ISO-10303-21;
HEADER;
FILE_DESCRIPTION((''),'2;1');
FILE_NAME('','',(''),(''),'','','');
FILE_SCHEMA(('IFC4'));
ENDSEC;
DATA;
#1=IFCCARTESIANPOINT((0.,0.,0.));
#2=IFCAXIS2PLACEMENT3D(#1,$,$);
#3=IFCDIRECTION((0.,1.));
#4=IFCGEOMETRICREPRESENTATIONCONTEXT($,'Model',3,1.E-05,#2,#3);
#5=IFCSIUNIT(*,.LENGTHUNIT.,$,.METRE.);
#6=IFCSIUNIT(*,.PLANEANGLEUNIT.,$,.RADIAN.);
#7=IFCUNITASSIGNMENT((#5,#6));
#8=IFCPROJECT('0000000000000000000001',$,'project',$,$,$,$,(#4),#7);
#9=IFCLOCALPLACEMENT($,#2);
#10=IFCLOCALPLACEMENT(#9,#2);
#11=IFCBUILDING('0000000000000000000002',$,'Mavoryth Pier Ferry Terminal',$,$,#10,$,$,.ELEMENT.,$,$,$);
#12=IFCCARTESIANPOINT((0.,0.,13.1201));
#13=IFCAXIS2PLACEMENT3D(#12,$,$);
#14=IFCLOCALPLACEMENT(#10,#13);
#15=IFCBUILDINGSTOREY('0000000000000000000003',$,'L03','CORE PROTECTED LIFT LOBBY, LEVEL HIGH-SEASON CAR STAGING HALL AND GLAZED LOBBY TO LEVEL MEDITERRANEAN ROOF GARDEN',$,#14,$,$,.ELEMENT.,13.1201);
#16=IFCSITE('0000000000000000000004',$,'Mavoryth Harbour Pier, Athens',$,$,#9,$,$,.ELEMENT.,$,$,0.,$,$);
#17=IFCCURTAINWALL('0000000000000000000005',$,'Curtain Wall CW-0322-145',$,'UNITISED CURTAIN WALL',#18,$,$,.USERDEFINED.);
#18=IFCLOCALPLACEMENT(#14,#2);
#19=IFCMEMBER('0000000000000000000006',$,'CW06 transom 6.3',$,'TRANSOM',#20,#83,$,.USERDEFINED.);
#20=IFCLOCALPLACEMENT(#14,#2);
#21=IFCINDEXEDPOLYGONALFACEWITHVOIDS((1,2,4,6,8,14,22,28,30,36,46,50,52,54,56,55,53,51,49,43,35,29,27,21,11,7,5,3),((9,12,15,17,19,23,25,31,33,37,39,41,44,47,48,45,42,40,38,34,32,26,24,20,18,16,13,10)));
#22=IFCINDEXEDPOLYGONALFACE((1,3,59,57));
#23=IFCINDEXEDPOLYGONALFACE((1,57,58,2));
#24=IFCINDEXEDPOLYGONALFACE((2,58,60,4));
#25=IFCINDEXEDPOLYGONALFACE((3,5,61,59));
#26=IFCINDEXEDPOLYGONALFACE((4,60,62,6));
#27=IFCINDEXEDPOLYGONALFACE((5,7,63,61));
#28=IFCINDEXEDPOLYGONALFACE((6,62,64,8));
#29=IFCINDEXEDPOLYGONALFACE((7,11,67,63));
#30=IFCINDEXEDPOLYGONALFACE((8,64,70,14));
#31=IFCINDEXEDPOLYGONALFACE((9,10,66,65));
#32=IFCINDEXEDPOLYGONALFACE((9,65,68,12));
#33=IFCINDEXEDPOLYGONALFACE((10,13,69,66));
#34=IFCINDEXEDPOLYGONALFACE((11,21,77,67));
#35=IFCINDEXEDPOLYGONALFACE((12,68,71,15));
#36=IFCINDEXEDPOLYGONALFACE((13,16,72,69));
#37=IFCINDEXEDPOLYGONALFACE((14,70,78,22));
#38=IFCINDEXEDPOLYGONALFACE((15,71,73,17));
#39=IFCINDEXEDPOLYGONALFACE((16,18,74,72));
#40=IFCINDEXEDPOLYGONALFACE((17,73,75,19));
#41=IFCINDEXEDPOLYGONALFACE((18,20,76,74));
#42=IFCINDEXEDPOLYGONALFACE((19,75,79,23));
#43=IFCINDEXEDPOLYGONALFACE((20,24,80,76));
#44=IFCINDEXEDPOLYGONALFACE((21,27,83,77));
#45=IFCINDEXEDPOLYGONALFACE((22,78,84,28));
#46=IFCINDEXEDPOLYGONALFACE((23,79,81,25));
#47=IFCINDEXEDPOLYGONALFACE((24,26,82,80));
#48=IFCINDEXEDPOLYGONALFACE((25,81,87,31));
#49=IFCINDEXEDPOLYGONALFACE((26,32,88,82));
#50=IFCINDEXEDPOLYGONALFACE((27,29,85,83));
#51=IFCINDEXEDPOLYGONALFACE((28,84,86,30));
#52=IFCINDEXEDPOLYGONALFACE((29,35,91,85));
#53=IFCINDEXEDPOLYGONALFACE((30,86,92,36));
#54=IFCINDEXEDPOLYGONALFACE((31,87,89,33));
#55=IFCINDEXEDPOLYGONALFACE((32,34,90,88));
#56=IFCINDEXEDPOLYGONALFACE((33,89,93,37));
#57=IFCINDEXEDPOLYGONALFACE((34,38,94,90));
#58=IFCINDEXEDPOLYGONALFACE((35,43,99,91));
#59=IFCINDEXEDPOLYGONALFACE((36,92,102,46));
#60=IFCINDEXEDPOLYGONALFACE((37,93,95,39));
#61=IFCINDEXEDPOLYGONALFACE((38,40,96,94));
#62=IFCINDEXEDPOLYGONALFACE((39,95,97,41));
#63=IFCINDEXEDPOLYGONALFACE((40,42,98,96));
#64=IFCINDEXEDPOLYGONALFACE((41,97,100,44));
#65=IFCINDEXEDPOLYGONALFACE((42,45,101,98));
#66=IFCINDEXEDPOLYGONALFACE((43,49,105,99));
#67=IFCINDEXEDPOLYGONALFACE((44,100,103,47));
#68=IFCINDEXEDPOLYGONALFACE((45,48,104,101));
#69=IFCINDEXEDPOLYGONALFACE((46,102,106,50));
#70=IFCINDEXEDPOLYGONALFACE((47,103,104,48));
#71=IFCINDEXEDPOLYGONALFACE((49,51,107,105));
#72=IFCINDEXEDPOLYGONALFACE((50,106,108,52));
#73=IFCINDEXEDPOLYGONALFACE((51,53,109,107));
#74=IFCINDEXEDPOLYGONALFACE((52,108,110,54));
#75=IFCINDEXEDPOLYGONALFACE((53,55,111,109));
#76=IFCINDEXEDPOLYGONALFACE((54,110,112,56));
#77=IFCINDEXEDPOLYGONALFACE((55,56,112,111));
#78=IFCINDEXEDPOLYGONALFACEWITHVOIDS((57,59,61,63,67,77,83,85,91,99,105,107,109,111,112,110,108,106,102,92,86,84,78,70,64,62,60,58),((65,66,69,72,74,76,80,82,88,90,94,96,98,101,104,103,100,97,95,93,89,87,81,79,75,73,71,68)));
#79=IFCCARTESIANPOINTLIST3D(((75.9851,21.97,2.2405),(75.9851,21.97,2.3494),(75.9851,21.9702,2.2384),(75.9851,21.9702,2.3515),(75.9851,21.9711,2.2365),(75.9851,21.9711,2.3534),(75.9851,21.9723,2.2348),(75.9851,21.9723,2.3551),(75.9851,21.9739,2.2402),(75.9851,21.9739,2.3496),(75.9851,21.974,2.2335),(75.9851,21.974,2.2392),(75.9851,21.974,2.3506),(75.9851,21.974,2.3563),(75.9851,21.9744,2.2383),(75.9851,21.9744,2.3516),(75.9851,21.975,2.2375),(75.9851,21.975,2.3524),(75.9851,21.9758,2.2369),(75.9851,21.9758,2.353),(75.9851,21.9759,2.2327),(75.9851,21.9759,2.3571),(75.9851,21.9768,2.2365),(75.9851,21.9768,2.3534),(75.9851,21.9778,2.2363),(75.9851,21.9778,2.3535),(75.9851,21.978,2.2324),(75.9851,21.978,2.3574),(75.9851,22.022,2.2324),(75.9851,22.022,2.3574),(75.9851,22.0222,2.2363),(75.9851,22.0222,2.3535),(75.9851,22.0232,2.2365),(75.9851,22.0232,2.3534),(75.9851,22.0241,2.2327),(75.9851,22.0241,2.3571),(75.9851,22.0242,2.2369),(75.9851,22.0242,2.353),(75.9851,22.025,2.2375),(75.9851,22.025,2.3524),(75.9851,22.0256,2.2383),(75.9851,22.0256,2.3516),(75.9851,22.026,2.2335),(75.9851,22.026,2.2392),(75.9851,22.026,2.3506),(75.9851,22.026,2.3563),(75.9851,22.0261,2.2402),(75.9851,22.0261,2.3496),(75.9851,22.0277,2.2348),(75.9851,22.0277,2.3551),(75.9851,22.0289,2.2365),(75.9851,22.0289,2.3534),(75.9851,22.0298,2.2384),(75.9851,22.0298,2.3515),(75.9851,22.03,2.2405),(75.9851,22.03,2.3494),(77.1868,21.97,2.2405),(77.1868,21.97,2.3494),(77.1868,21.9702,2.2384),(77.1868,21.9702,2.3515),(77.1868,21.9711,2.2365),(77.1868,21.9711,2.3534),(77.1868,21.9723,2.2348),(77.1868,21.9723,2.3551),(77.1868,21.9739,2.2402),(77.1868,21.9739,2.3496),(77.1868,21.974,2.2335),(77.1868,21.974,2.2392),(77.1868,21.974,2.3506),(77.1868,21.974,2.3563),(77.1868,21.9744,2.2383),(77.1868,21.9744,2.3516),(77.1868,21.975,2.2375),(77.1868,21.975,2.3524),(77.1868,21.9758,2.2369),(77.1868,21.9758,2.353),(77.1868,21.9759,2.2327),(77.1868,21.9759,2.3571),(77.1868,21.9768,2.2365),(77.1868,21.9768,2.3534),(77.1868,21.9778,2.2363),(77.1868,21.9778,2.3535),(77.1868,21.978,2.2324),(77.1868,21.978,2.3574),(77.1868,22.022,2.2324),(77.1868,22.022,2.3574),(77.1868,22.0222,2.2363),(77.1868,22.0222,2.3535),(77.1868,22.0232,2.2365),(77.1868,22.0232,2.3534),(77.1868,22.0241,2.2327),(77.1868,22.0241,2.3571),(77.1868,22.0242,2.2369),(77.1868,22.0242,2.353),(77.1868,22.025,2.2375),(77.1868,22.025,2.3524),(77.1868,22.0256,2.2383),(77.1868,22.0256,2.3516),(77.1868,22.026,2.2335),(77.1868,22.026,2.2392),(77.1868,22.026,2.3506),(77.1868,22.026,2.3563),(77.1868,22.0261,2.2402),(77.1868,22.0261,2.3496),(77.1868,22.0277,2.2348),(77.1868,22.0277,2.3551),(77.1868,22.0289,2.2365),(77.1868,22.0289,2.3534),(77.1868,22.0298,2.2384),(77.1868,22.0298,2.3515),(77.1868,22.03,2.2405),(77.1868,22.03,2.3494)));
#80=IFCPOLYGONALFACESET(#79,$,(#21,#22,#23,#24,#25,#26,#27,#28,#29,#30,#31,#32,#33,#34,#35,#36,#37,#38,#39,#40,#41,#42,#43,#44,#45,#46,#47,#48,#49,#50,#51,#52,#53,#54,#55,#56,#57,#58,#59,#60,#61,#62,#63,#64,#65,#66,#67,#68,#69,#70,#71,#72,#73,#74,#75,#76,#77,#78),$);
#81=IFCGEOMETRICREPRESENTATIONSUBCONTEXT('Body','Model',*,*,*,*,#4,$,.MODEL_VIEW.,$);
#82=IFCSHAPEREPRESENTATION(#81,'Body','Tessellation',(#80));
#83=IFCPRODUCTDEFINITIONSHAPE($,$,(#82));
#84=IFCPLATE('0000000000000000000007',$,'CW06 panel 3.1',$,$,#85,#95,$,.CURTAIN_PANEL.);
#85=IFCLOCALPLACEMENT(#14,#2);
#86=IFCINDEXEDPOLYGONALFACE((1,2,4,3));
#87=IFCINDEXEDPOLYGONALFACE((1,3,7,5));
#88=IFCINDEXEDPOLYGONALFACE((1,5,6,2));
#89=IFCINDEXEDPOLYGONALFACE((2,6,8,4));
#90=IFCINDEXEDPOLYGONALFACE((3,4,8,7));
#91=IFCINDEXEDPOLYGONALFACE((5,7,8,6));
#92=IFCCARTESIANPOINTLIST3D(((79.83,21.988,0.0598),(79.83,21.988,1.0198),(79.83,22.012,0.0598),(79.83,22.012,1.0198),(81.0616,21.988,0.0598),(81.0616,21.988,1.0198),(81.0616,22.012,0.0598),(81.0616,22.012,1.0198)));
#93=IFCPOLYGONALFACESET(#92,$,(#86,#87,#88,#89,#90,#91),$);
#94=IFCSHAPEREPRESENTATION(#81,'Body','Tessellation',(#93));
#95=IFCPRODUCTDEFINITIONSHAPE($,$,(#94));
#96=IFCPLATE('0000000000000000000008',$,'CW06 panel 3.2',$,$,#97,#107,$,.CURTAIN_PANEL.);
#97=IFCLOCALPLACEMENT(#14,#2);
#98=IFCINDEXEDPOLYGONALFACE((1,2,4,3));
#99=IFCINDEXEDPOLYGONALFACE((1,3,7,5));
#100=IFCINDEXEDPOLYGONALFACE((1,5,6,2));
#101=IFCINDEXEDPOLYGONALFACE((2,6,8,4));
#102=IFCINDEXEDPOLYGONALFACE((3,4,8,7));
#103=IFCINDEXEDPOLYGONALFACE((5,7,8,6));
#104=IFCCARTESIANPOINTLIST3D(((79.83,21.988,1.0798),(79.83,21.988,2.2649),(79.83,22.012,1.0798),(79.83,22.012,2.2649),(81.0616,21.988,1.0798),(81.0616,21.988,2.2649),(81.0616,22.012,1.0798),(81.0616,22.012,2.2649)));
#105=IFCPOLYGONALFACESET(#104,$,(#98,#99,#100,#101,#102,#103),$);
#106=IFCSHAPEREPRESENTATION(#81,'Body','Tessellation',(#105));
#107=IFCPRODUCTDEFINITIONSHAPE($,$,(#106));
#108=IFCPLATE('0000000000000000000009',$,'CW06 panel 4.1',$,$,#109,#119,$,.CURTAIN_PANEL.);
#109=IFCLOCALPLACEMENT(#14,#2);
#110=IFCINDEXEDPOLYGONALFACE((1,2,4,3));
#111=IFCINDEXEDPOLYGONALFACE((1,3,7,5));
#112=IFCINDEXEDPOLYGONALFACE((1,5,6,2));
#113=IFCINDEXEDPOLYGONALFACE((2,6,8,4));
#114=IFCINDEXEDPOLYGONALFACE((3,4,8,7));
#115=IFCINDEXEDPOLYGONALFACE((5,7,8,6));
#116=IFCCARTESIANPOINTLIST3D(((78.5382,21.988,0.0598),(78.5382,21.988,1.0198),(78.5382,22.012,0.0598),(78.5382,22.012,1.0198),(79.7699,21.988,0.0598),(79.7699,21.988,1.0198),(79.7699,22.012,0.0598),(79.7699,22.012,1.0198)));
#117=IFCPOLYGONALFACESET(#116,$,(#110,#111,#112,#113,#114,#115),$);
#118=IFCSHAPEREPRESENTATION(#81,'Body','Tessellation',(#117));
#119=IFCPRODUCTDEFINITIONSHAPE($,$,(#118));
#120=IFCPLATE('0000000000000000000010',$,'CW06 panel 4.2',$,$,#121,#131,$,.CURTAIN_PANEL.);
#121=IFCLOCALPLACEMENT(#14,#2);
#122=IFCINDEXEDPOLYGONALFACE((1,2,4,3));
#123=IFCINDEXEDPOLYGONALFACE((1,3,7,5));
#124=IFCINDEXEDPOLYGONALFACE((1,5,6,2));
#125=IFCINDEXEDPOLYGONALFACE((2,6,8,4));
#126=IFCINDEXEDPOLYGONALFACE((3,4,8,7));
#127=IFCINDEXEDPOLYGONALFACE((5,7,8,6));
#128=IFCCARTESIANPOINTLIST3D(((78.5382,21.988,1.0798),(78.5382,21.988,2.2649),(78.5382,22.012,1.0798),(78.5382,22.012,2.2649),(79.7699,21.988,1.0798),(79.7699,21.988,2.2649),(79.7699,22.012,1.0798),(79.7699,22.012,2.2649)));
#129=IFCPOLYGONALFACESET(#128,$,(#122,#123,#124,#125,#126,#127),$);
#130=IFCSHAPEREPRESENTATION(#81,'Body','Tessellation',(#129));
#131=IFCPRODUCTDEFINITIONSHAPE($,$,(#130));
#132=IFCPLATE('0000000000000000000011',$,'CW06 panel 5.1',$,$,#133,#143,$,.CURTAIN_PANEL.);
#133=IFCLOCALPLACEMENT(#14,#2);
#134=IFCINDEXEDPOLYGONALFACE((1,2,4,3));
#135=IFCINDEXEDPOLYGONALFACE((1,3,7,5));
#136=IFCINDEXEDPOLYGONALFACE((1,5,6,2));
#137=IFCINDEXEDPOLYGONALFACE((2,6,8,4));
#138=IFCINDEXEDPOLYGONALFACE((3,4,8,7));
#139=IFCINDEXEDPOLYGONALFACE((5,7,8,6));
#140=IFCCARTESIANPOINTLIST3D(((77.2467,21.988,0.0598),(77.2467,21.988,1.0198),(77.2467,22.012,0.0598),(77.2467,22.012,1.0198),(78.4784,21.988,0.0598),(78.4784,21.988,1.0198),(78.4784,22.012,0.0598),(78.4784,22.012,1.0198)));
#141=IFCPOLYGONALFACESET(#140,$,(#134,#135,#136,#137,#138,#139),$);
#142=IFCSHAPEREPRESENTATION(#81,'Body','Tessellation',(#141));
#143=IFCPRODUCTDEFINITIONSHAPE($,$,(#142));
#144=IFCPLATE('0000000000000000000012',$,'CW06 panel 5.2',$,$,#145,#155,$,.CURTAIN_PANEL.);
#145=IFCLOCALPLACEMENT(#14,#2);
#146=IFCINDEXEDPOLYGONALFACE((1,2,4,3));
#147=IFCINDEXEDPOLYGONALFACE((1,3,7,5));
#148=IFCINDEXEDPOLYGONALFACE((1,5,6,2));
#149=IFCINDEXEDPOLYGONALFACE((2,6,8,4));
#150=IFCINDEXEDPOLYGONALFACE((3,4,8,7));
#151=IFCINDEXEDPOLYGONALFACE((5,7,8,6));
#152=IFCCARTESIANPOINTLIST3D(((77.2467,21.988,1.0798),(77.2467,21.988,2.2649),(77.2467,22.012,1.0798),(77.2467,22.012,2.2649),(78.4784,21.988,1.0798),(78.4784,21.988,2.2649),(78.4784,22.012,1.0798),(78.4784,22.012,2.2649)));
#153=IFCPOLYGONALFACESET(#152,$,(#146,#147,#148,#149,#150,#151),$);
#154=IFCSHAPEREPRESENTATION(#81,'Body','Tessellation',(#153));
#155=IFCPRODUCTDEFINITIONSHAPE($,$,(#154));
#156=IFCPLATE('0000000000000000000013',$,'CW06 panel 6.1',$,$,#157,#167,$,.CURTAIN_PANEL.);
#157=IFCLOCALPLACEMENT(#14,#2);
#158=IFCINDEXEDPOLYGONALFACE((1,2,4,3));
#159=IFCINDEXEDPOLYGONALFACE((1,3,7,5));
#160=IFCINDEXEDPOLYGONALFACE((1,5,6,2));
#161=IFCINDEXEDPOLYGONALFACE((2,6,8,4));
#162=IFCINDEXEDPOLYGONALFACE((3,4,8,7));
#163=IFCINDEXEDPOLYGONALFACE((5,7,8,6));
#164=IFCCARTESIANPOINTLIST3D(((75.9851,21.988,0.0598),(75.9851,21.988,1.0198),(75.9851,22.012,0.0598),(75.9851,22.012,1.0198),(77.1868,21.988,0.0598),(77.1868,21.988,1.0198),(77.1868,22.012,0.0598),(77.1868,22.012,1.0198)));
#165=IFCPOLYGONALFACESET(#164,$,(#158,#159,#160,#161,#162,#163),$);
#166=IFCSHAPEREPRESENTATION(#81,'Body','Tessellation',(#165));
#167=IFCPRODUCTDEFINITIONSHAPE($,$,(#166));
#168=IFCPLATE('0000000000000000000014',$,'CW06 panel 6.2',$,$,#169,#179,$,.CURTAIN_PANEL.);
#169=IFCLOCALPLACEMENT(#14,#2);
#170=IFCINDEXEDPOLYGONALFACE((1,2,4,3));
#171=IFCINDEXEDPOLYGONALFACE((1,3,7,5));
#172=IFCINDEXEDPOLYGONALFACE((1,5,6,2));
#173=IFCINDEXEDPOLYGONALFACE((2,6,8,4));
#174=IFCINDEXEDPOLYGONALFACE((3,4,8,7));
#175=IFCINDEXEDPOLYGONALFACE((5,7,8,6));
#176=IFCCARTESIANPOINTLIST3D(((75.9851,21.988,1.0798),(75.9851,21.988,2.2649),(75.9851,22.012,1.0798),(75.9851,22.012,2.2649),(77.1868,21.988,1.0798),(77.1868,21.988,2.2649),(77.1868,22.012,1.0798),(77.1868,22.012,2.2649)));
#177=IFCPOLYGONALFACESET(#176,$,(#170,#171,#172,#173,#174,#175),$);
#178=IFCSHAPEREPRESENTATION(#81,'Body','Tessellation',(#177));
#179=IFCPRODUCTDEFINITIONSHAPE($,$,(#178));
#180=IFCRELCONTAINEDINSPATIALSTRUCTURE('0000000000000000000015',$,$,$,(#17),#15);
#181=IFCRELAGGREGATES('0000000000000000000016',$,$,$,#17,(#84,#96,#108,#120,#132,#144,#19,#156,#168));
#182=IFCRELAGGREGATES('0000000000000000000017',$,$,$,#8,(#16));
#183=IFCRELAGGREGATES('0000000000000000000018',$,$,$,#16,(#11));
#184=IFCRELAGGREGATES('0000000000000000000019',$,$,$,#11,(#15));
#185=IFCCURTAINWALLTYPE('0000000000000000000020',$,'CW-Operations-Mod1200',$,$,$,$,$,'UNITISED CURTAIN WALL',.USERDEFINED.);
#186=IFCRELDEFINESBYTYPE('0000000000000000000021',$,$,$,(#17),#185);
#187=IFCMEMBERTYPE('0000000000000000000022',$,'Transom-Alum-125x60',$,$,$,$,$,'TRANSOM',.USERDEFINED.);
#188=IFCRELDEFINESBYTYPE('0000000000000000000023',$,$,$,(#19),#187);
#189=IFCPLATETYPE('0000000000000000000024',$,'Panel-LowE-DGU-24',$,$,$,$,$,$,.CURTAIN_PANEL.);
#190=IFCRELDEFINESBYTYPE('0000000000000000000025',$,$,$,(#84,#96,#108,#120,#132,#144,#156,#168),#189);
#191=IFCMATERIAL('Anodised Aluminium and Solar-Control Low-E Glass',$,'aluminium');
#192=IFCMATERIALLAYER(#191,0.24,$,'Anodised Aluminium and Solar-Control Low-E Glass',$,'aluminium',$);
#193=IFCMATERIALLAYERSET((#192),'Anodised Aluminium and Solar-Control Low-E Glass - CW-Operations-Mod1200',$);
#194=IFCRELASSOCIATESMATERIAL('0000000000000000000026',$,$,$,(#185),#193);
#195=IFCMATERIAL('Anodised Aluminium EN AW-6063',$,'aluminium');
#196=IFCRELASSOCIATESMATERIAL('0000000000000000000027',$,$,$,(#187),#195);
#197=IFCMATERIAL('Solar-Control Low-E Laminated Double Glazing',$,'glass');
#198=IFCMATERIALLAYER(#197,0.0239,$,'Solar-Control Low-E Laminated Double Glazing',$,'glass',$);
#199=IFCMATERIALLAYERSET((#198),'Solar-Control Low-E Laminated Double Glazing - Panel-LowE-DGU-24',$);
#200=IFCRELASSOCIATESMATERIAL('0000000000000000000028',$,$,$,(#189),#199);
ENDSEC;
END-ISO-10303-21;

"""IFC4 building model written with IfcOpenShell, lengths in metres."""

from ifc_helpers import new_model, si_unit, direction, frame, origin, origin_2d, place, context, subcontext, project, spatial, rectangle, hollow_rectangle, extrude, material, layer, layer_set, material_profile, profile_set, type_object, element, aggregate, save


model = new_model("IFC4")

# Units and contexts
model_context = context("Model", 3, precision=1e-05, world=origin(), true_north=direction((0.0, 1.0)))
body_context = subcontext(model_context, "Body", "Model", "MODEL_VIEW")
ifc_project = project(units=[si_unit("LENGTHUNIT", "METRE"), si_unit("PLANEANGLEUNIT", "RADIAN")], contexts=[model_context])

# Site, building, storey
site_placement = place(None, origin())
site = spatial("IfcSite", under=ifc_project, at=site_placement, Name="Mavoryth Harbour Pier, Athens", CompositionType="ELEMENT", RefElevation=0.0)
building_placement = place(site_placement, origin())
building = spatial("IfcBuilding", under=site, at=building_placement, Name="Mavoryth Pier Ferry Terminal", CompositionType="ELEMENT")
storey_placement = place(building_placement, frame((0.0, 0.0, 13.1201)))
storey = spatial("IfcBuildingStorey", under=building, at=storey_placement, Name="L03", Description="CORE PROTECTED LIFT LOBBY, LEVEL HIGH-SEASON CAR STAGING HALL AND GLAZED LOBBY TO LEVEL MEDITERRANEAN ROOF GARDEN", CompositionType="ELEMENT", Elevation=13.1201)

# Curtain wall
ifc_material_1 = material(Name="Anodised Aluminium and Solar-Control Low-E Glass", Category="aluminium")
ifc_layer_1 = layer(ifc_material_1, 0.24, Name="Anodised Aluminium and Solar-Control Low-E Glass", Category="aluminium")
ifc_layer_set_1 = layer_set([ifc_layer_1], Name="Anodised Aluminium and Solar-Control Low-E Glass - CW-Operations-Mod1200")
curtain_wall_type = type_object("IfcCurtainWallType", Name="CW-Operations-Mod1200", ElementType="UNITISED CURTAIN WALL", PredefinedType="USERDEFINED", material=ifc_layer_set_1)
curtain_wall_placement = place(storey_placement, origin())
curtain_wall = element("IfcCurtainWall", 1, at=curtain_wall_placement, inside=storey, type_object=curtain_wall_type, Name="Curtain Wall CW-0322-145", ObjectType="UNITISED CURTAIN WALL", PredefinedType="USERDEFINED")
ifc_material_2 = material(Name="Anodised Aluminium EN AW-6063", Category="aluminium")

# Member
ifc_material_profile_1 = material_profile(ifc_material_2, hollow_rectangle(XDim=0.0601, YDim=0.125, WallThickness=0.0039, InnerFilletRadius=0.0039, OuterFilletRadius=0.0081, at=origin_2d()), Name="AL-TRAN 125x60x4", Category="aluminium")
ifc_profile_set_1 = profile_set([ifc_material_profile_1], Name="Anodised Aluminium EN AW-6063 - AL-TRAN 125x60x4")
member_type_1 = type_object("IfcMemberType", Name="Transom-Alum-125x60", ElementType="TRANSOM", PredefinedType="USERDEFINED", material=ifc_profile_set_1)
member_1_placement = place(storey_placement, frame((77.1868, 22.0, 2.2949), z_axis=(-1.0, 0.0, 0.0), x_axis=(0.0, -1.0, 0.0)))
member_1 = element("IfcMember", 2, at=member_1_placement, type_object=member_type_1, Name="CW06 transom 6.3", ObjectType="TRANSOM", PredefinedType="USERDEFINED", context=body_context, shape_type="SweptSolid", body=[
    extrude(hollow_rectangle(XDim=0.0601, YDim=0.125, WallThickness=0.0039, InnerFilletRadius=0.0039, OuterFilletRadius=0.0081, at=origin_2d()), origin(), (0.0, 0.0, 1.0), 1.2017),
])

# Plates
ifc_material_3 = material(Name="Solar-Control Low-E Laminated Double Glazing", Category="glass")
ifc_layer_2 = layer(ifc_material_3, 0.0239, Name="Solar-Control Low-E Laminated Double Glazing", Category="glass")
ifc_layer_set_2 = layer_set([ifc_layer_2], Name="Solar-Control Low-E Laminated Double Glazing - Panel-LowE-DGU-24")
plate_type = type_object("IfcPlateType", Name="Panel-LowE-DGU-24", PredefinedType="CURTAIN_PANEL", material=ifc_layer_set_2)
plate_1_placement = place(storey_placement, frame((80.4458, 22.0, 0.0598), z_axis=(0.0, 0.0, 1.0), x_axis=(-1.0, 0.0, 0.0)))
plate_1 = element("IfcPlate", 3, at=plate_1_placement, type_object=plate_type, Name="CW06 panel 3.1", PredefinedType="CURTAIN_PANEL", context=body_context, shape_type="SweptSolid", body=[
    extrude(rectangle(XDim=1.2317, YDim=0.0239, at=origin_2d()), origin(), (0.0, 0.0, 1.0), 0.96),
])
plate_2_placement = place(storey_placement, frame((80.4458, 22.0, 1.0798), z_axis=(0.0, 0.0, 1.0), x_axis=(-1.0, 0.0, 0.0)))
plate_2 = element("IfcPlate", 4, at=plate_2_placement, type_object=plate_type, Name="CW06 panel 3.2", PredefinedType="CURTAIN_PANEL", context=body_context, shape_type="SweptSolid", body=[
    extrude(rectangle(XDim=1.2317, YDim=0.0239, at=origin_2d()), origin(), (0.0, 0.0, 1.0), 1.1851),
])
plate_3_placement = place(storey_placement, frame((79.1541, 22.0, 0.0598), z_axis=(0.0, 0.0, 1.0), x_axis=(-1.0, 0.0, 0.0)))
plate_3 = element("IfcPlate", 5, at=plate_3_placement, type_object=plate_type, Name="CW06 panel 4.1", PredefinedType="CURTAIN_PANEL", context=body_context, shape_type="SweptSolid", body=[
    extrude(rectangle(XDim=1.2317, YDim=0.0239, at=origin_2d()), origin(), (0.0, 0.0, 1.0), 0.96),
])
plate_4_placement = place(storey_placement, frame((79.1541, 22.0, 1.0798), z_axis=(0.0, 0.0, 1.0), x_axis=(-1.0, 0.0, 0.0)))
plate_4 = element("IfcPlate", 6, at=plate_4_placement, type_object=plate_type, Name="CW06 panel 4.2", PredefinedType="CURTAIN_PANEL", context=body_context, shape_type="SweptSolid", body=[
    extrude(rectangle(XDim=1.2317, YDim=0.0239, at=origin_2d()), origin(), (0.0, 0.0, 1.0), 1.1851),
])
plate_5_placement = place(storey_placement, frame((77.8625, 22.0, 0.0598), z_axis=(0.0, 0.0, 1.0), x_axis=(-1.0, 0.0, 0.0)))
plate_5 = element("IfcPlate", 7, at=plate_5_placement, type_object=plate_type, Name="CW06 panel 5.1", PredefinedType="CURTAIN_PANEL", context=body_context, shape_type="SweptSolid", body=[
    extrude(rectangle(XDim=1.2317, YDim=0.0239, at=origin_2d()), origin(), (0.0, 0.0, 1.0), 0.96),
])
plate_6_placement = place(storey_placement, frame((77.8625, 22.0, 1.0798), z_axis=(0.0, 0.0, 1.0), x_axis=(-1.0, 0.0, 0.0)))
plate_6 = element("IfcPlate", 8, at=plate_6_placement, type_object=plate_type, Name="CW06 panel 5.2", PredefinedType="CURTAIN_PANEL", context=body_context, shape_type="SweptSolid", body=[
    extrude(rectangle(XDim=1.2317, YDim=0.0239, at=origin_2d()), origin(), (0.0, 0.0, 1.0), 1.1851),
])
plate_7_placement = place(storey_placement, frame((76.5859, 22.0, 0.0598), z_axis=(0.0, 0.0, 1.0), x_axis=(-1.0, 0.0, 0.0)))
plate_7 = element("IfcPlate", 9, at=plate_7_placement, type_object=plate_type, Name="CW06 panel 6.1", PredefinedType="CURTAIN_PANEL", context=body_context, shape_type="SweptSolid", body=[
    extrude(rectangle(XDim=1.2017, YDim=0.0239, at=origin_2d()), origin(), (0.0, 0.0, 1.0), 0.96),
])
plate_8_placement = place(storey_placement, frame((76.5859, 22.0, 1.0798), z_axis=(0.0, 0.0, 1.0), x_axis=(-1.0, 0.0, 0.0)))
plate_8 = element("IfcPlate", 10, at=plate_8_placement, type_object=plate_type, Name="CW06 panel 6.2", PredefinedType="CURTAIN_PANEL", context=body_context, shape_type="SweptSolid", body=[
    extrude(rectangle(XDim=1.2017, YDim=0.0239, at=origin_2d()), origin(), (0.0, 0.0, 1.0), 1.1851),
])
aggregate(curtain_wall, [plate_1, plate_2, plate_3, plate_4, plate_5, plate_6, member_1, plate_7, plate_8])

save(model, "model.ifc")
